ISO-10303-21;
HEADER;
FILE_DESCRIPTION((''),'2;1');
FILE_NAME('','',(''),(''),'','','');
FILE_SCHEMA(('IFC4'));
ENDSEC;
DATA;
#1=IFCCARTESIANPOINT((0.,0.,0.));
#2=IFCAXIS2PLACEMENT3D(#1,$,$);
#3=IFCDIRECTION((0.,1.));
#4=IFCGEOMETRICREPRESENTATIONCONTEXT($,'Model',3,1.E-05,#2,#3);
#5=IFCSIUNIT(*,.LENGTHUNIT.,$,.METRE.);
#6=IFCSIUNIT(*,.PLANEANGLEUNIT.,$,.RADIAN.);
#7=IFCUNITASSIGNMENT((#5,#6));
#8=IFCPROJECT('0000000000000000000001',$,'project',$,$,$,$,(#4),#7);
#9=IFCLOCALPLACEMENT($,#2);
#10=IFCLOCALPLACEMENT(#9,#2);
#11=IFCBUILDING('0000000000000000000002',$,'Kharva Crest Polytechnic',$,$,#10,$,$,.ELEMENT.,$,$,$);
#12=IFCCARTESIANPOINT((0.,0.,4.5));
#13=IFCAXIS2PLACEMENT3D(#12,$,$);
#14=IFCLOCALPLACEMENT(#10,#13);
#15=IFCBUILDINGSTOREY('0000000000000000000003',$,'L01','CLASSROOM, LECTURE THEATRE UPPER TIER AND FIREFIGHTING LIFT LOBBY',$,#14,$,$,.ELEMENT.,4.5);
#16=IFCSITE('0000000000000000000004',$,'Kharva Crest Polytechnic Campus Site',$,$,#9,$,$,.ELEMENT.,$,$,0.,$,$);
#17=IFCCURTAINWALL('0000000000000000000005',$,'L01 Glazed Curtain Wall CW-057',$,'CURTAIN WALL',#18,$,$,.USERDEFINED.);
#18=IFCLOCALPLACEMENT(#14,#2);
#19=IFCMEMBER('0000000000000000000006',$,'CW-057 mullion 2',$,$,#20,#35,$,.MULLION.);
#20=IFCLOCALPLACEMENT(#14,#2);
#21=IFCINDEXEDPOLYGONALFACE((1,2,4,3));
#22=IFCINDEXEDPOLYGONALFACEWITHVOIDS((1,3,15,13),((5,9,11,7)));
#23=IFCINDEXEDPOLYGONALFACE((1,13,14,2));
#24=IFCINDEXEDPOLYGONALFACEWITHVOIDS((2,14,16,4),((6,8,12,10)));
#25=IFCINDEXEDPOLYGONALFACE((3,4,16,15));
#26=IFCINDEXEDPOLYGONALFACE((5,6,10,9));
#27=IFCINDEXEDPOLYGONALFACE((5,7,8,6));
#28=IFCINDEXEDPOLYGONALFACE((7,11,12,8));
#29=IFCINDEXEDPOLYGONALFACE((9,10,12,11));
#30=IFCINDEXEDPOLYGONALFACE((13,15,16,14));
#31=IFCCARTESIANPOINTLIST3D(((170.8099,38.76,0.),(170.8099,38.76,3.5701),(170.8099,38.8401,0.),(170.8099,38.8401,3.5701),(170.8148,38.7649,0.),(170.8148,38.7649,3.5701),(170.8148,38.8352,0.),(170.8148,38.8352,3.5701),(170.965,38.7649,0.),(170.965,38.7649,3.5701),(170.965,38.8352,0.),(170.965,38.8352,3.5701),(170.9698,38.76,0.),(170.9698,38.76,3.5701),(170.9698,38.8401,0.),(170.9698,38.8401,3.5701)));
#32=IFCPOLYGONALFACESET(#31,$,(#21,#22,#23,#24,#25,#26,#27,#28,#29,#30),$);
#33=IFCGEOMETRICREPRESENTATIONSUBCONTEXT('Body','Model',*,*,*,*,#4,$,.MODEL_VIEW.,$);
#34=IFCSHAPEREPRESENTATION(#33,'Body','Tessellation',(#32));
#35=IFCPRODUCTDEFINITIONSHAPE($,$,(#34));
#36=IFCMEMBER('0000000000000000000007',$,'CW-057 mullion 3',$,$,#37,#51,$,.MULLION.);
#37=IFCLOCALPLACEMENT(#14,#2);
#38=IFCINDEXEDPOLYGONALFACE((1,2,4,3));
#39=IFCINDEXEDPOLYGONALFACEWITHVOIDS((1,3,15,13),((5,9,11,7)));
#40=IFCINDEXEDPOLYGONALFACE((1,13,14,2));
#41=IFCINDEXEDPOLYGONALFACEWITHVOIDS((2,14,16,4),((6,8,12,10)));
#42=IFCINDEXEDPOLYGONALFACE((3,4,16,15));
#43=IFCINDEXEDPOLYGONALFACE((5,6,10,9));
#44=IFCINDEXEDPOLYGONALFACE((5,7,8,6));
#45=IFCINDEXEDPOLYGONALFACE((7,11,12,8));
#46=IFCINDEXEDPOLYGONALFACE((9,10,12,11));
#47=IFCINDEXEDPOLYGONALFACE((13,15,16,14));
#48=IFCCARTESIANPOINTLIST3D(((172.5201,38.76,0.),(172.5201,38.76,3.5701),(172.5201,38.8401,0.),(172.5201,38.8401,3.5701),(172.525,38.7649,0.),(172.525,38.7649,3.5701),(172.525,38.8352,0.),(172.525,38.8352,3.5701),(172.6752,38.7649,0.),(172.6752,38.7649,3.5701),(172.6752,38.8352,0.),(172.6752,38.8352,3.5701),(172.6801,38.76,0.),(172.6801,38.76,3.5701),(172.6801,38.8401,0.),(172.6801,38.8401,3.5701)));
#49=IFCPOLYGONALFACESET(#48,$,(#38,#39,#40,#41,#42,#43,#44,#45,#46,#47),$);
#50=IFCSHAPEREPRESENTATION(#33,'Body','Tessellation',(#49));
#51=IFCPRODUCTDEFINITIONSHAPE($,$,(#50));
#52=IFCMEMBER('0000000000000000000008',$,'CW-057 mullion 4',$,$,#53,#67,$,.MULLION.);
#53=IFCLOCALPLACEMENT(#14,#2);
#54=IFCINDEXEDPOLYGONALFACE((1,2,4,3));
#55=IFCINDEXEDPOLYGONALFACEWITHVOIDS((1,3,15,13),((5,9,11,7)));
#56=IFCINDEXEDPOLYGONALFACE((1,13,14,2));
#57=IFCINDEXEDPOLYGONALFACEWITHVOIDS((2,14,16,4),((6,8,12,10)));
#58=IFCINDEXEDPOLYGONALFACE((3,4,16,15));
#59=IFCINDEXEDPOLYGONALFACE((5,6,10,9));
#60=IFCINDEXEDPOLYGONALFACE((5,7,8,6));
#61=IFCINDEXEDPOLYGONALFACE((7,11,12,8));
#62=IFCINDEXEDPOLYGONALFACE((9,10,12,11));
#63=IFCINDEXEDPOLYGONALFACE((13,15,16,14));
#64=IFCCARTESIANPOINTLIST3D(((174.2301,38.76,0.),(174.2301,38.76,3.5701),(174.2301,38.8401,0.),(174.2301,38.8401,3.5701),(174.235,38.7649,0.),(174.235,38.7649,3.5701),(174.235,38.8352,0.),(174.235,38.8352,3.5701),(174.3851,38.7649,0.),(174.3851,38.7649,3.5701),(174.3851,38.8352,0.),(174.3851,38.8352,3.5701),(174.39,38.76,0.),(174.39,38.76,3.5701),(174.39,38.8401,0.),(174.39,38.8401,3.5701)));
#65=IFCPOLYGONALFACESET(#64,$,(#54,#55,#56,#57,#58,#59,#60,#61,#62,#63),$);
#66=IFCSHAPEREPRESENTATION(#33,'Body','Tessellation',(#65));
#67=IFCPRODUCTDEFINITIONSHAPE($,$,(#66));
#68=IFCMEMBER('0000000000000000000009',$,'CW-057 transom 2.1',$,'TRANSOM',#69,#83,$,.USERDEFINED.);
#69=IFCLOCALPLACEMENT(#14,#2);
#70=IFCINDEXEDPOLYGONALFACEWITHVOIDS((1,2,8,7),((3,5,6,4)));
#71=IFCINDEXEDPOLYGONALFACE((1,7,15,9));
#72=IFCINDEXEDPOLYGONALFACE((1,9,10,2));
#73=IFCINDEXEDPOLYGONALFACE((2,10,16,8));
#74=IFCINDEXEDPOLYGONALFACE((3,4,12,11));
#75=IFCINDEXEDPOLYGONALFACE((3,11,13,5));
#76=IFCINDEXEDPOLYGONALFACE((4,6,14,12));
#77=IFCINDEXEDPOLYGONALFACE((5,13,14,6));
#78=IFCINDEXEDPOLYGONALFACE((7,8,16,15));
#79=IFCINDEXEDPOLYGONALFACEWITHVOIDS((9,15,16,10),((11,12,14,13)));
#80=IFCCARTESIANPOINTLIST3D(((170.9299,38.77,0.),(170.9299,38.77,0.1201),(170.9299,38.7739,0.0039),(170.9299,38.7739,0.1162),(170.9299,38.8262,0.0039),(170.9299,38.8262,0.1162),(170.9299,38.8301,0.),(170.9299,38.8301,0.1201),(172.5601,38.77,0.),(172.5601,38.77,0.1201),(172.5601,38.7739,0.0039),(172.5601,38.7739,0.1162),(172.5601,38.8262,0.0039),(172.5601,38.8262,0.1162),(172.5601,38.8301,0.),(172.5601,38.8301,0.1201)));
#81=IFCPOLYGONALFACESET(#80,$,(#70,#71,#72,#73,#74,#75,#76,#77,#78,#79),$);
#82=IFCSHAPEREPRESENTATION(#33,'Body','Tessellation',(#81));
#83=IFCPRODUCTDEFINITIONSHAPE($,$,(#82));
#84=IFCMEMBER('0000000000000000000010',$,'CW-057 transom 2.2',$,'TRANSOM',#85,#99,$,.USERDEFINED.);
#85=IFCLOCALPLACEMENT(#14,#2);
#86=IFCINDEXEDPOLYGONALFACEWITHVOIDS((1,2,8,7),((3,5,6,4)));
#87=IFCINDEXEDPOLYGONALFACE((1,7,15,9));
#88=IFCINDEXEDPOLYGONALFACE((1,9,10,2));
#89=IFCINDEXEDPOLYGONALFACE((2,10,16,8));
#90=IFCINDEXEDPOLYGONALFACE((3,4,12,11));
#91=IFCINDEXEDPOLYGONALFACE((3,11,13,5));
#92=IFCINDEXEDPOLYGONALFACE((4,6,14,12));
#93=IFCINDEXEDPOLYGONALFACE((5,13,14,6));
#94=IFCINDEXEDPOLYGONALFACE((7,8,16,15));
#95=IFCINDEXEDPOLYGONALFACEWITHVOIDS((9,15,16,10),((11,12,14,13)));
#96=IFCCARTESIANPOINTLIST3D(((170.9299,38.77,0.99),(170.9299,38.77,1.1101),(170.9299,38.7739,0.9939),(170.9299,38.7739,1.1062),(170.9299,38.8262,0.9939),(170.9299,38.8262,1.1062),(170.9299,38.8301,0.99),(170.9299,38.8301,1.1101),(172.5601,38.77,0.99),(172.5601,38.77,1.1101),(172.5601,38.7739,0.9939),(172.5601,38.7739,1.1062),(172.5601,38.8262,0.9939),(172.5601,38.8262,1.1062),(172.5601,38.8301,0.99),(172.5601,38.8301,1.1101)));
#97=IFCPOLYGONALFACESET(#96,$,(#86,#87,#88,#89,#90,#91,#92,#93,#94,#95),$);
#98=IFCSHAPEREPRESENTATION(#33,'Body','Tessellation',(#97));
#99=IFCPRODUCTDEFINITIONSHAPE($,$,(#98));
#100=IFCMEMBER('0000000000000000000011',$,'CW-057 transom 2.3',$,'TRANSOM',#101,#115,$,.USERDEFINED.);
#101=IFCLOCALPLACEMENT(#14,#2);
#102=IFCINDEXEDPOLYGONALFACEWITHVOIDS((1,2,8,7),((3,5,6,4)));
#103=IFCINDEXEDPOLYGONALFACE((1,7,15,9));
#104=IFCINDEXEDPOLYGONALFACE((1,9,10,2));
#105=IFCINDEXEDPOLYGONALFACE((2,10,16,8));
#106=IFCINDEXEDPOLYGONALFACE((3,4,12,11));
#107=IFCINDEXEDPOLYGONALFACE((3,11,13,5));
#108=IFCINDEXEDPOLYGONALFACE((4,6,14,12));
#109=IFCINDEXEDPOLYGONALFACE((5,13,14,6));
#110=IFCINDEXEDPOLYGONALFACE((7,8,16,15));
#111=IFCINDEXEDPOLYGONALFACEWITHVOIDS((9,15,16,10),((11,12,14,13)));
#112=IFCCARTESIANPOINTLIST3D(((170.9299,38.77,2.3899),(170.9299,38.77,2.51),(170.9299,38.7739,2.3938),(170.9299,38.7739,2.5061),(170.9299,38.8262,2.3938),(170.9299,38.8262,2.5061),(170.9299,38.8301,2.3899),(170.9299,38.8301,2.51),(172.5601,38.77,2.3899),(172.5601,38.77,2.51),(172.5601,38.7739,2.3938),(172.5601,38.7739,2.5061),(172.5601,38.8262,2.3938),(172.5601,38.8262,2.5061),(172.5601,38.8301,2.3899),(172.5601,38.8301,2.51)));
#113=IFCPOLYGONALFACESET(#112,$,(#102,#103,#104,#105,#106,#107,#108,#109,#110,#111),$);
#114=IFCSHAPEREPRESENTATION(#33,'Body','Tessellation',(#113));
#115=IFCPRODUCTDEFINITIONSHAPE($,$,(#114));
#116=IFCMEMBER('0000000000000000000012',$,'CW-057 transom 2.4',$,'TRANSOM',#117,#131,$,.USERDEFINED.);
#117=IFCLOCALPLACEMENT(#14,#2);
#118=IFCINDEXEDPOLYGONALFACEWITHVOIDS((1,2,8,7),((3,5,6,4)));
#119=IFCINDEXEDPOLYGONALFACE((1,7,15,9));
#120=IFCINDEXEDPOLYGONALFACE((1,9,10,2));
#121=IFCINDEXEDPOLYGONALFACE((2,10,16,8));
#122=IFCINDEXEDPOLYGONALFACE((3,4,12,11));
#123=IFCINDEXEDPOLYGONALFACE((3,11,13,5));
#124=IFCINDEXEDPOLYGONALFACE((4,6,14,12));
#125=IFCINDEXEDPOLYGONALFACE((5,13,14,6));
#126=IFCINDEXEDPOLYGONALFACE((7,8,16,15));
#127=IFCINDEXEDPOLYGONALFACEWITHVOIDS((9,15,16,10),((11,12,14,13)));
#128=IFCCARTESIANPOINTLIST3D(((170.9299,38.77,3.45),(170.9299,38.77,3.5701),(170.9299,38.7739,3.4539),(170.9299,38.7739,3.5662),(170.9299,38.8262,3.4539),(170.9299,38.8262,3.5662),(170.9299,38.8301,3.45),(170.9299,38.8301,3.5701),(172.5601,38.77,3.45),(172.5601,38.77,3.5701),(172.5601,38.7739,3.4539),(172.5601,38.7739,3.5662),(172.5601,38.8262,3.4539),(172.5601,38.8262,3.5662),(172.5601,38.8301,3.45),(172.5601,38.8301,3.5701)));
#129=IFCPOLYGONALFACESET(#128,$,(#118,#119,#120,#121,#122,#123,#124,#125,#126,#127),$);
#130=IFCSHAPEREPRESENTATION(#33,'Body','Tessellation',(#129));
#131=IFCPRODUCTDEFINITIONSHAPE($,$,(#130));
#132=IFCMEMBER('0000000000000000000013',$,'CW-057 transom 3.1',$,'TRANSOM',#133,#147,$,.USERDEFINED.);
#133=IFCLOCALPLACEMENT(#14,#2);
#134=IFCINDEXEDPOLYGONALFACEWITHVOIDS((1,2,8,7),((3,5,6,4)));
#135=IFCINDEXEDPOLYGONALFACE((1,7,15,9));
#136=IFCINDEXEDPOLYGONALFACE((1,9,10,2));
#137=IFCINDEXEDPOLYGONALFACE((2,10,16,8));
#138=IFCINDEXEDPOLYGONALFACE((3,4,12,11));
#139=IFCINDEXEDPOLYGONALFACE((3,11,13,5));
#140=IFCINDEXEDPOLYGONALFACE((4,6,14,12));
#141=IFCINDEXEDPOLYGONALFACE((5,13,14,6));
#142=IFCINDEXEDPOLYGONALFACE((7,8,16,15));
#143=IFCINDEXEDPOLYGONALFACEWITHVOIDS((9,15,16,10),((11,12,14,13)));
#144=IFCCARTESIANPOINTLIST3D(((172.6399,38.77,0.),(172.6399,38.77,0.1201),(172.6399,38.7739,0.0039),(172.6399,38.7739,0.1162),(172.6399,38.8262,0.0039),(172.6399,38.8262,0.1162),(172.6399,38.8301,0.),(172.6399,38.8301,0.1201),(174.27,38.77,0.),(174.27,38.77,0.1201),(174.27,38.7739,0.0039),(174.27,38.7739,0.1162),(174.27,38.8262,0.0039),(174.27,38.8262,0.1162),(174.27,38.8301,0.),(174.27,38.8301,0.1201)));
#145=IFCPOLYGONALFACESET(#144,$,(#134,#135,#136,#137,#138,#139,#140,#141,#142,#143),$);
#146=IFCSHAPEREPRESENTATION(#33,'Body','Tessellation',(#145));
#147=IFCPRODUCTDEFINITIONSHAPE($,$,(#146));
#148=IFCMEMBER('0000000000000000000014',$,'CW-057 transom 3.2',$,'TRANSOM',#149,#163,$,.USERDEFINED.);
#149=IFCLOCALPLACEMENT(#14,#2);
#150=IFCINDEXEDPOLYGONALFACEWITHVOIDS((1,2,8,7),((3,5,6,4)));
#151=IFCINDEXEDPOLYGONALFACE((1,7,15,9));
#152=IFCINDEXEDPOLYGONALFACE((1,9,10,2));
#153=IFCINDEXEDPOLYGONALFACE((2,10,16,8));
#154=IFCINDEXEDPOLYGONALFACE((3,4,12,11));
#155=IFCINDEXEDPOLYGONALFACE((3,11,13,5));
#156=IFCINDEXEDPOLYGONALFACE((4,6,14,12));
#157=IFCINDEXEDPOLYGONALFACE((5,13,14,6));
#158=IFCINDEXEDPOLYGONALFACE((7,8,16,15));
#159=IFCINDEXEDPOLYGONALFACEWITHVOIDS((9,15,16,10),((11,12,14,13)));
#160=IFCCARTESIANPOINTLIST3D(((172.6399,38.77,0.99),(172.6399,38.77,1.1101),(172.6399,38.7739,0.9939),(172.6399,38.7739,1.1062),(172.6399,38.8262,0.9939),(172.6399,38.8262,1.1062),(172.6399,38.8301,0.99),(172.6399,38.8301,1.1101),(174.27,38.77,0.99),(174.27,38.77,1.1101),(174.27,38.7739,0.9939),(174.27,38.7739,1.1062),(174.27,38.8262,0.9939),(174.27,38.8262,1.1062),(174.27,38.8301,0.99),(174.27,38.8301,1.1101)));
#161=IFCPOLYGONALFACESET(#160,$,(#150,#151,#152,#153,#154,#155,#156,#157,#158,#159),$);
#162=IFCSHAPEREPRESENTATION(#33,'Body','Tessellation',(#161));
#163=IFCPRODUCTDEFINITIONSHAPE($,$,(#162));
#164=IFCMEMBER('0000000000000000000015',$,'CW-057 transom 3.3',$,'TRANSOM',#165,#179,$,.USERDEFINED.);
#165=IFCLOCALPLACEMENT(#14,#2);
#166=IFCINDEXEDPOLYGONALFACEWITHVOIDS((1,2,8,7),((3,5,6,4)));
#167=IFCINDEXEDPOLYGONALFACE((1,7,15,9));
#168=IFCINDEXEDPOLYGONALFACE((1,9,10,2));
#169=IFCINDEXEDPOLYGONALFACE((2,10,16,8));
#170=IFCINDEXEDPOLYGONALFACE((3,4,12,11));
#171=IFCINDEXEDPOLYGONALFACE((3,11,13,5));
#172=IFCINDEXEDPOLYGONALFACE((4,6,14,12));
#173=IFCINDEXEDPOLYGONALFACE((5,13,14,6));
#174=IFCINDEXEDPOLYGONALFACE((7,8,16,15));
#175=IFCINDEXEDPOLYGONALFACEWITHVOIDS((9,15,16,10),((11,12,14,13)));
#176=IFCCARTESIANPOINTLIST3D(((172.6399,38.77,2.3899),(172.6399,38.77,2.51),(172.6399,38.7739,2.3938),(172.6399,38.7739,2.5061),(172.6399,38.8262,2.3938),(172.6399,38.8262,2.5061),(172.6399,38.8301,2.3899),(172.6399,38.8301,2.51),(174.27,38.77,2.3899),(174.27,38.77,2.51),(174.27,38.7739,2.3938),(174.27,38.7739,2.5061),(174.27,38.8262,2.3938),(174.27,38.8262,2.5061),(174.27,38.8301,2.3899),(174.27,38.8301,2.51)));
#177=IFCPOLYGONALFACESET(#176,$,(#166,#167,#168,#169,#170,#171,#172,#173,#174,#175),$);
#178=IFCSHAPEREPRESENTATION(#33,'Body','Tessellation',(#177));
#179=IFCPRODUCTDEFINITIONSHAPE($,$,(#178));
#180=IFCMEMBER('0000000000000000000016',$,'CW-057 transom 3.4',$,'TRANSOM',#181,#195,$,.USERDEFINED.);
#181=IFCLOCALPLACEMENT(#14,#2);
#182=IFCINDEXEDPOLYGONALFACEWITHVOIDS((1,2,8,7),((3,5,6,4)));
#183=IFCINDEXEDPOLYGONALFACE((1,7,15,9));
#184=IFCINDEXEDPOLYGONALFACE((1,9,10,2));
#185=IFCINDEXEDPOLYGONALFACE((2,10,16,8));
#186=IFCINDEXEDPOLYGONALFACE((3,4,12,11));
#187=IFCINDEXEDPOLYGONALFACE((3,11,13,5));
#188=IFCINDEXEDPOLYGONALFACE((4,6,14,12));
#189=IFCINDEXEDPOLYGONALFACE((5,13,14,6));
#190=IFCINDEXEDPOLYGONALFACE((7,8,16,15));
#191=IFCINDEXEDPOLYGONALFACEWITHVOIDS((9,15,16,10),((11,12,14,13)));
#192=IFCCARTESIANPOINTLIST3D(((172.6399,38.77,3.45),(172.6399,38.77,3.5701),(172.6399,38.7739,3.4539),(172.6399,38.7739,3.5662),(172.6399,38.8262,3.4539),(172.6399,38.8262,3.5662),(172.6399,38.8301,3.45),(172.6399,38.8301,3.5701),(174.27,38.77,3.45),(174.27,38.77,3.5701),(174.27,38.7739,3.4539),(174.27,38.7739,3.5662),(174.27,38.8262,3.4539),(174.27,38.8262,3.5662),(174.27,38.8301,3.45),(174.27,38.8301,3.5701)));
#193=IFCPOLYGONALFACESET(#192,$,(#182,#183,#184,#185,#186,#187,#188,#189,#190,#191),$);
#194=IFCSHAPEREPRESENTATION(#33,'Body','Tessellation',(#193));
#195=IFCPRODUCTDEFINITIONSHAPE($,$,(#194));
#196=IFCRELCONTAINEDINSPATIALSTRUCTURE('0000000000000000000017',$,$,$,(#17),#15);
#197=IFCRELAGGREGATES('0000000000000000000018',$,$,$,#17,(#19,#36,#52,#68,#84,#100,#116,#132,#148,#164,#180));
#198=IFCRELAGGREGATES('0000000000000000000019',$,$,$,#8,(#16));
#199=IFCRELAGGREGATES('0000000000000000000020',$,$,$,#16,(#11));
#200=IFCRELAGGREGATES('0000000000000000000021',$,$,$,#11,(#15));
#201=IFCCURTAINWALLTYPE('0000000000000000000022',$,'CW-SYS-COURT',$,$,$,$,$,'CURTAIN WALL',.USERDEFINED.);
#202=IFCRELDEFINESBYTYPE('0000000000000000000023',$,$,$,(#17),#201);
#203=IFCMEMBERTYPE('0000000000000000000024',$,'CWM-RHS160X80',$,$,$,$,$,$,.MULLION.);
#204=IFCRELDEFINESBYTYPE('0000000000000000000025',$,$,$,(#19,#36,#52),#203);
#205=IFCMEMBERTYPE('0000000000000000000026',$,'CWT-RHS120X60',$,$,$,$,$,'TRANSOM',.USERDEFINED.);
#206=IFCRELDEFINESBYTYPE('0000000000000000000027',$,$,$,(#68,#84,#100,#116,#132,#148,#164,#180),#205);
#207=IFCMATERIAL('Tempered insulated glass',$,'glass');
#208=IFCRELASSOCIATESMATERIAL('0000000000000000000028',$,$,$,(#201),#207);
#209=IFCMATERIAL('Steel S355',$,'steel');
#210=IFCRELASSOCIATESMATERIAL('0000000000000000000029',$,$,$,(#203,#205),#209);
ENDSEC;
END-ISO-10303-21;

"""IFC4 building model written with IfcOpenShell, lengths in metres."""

from ifc_helpers import new_model, si_unit, direction, frame, origin, origin_2d, place, context, subcontext, project, spatial, hollow_rectangle, extrude, material, material_profile, profile_set, type_object, element, aggregate, save


model = new_model("IFC4")

# Units and contexts
model_context = context("Model", 3, precision=1e-05, world=origin(), true_north=direction((0.0, 1.0)))
body_context = subcontext(model_context, "Body", "Model", "MODEL_VIEW")
ifc_project = project(units=[si_unit("LENGTHUNIT", "METRE"), si_unit("PLANEANGLEUNIT", "RADIAN")], contexts=[model_context])

# Site, building, storey
site_placement = place(None, origin())
site = spatial("IfcSite", under=ifc_project, at=site_placement, Name="Kharva Crest Polytechnic Campus Site", CompositionType="ELEMENT", RefElevation=0.0)
building_placement = place(site_placement, origin())
building = spatial("IfcBuilding", under=site, at=building_placement, Name="Kharva Crest Polytechnic", CompositionType="ELEMENT")
storey_placement = place(building_placement, frame((0.0, 0.0, 4.5)))
storey = spatial("IfcBuildingStorey", under=building, at=storey_placement, Name="L01", Description="CLASSROOM, LECTURE THEATRE UPPER TIER AND FIREFIGHTING LIFT LOBBY", CompositionType="ELEMENT", Elevation=4.5)

# Curtain wall, members
ifc_material_1 = material(Name="Tempered insulated glass", Category="glass")
curtain_wall_type = type_object("IfcCurtainWallType", Name="CW-SYS-COURT", ElementType="CURTAIN WALL", PredefinedType="USERDEFINED", material=ifc_material_1)
curtain_wall_placement = place(storey_placement, origin())
curtain_wall = element("IfcCurtainWall", 1, at=curtain_wall_placement, inside=storey, type_object=curtain_wall_type, Name="L01 Glazed Curtain Wall CW-057", ObjectType="CURTAIN WALL", PredefinedType="USERDEFINED")
ifc_material_2 = material(Name="Steel S355", Category="steel")
ifc_material_profile_1 = material_profile(ifc_material_2, hollow_rectangle(XDim=0.0801, YDim=0.1599, WallThickness=0.0049, at=origin_2d()), Name="RHS 160X80X5.0")
ifc_profile_set_1 = profile_set([ifc_material_profile_1], Name="Steel S355")
member_type_1 = type_object("IfcMemberType", Name="CWM-RHS160X80", PredefinedType="MULLION", material=ifc_profile_set_1)
member_1_placement = place(storey_placement, frame((170.8899, 38.8, 0.0), z_axis=(0.0, 0.0, 1.0), x_axis=(0.0, 1.0, 0.0)))
member_1 = element("IfcMember", 2, at=member_1_placement, type_object=member_type_1, Name="CW-057 mullion 2", PredefinedType="MULLION", context=body_context, shape_type="SweptSolid", body=[
    extrude(hollow_rectangle(XDim=0.0801, YDim=0.1599, WallThickness=0.0049, at=origin_2d()), origin(), (0.0, 0.0, 1.0), 3.5701),
])
member_2_placement = place(storey_placement, frame((172.6001, 38.8, 0.0), z_axis=(0.0, 0.0, 1.0), x_axis=(0.0, 1.0, 0.0)))
member_2 = element("IfcMember", 3, at=member_2_placement, type_object=member_type_1, Name="CW-057 mullion 3", PredefinedType="MULLION", context=body_context, shape_type="SweptSolid", body=[
    extrude(hollow_rectangle(XDim=0.0801, YDim=0.1599, WallThickness=0.0049, at=origin_2d()), origin(), (0.0, 0.0, 1.0), 3.5701),
])
member_3_placement = place(storey_placement, frame((174.3101, 38.8, 0.0), z_axis=(0.0, 0.0, 1.0), x_axis=(0.0, 1.0, 0.0)))
member_3 = element("IfcMember", 4, at=member_3_placement, type_object=member_type_1, Name="CW-057 mullion 4", PredefinedType="MULLION", context=body_context, shape_type="SweptSolid", body=[
    extrude(hollow_rectangle(XDim=0.0801, YDim=0.1599, WallThickness=0.0049, at=origin_2d()), origin(), (0.0, 0.0, 1.0), 3.5701),
])
ifc_material_profile_2 = material_profile(ifc_material_2, hollow_rectangle(XDim=0.0601, YDim=0.1201, WallThickness=0.0039, at=origin_2d()), Name="RHS 120X60X4.0")
ifc_profile_set_2 = profile_set([ifc_material_profile_2], Name="Steel S355")
member_type_2 = type_object("IfcMemberType", Name="CWT-RHS120X60", ElementType="TRANSOM", PredefinedType="USERDEFINED", material=ifc_profile_set_2)
member_4_placement = place(storey_placement, frame((170.9299, 38.8, 0.0601), z_axis=(1.0, 0.0, 0.0), x_axis=(0.0, 1.0, 0.0)))
member_4 = element("IfcMember", 5, at=member_4_placement, type_object=member_type_2, Name="CW-057 transom 2.1", ObjectType="TRANSOM", PredefinedType="USERDEFINED", context=body_context, shape_type="SweptSolid", body=[
    extrude(hollow_rectangle(XDim=0.0601, YDim=0.1201, WallThickness=0.0039, at=origin_2d()), origin(), (0.0, 0.0, 1.0), 1.6301),
])
member_5_placement = place(storey_placement, frame((170.9299, 38.8, 1.05), z_axis=(1.0, 0.0, 0.0), x_axis=(0.0, 1.0, 0.0)))
member_5 = element("IfcMember", 6, at=member_5_placement, type_object=member_type_2, Name="CW-057 transom 2.2", ObjectType="TRANSOM", PredefinedType="USERDEFINED", context=body_context, shape_type="SweptSolid", body=[
    extrude(hollow_rectangle(XDim=0.0601, YDim=0.1201, WallThickness=0.0039, at=origin_2d()), origin(), (0.0, 0.0, 1.0), 1.6301),
])
member_6_placement = place(storey_placement, frame((170.9299, 38.8, 2.45), z_axis=(1.0, 0.0, 0.0), x_axis=(0.0, 1.0, 0.0)))
member_6 = element("IfcMember", 7, at=member_6_placement, type_object=member_type_2, Name="CW-057 transom 2.3", ObjectType="TRANSOM", PredefinedType="USERDEFINED", context=body_context, shape_type="SweptSolid", body=[
    extrude(hollow_rectangle(XDim=0.0601, YDim=0.1201, WallThickness=0.0039, at=origin_2d()), origin(), (0.0, 0.0, 1.0), 1.6301),
])
member_7_placement = place(storey_placement, frame((170.9299, 38.8, 3.51), z_axis=(1.0, 0.0, 0.0), x_axis=(0.0, 1.0, 0.0)))
member_7 = element("IfcMember", 8, at=member_7_placement, type_object=member_type_2, Name="CW-057 transom 2.4", ObjectType="TRANSOM", PredefinedType="USERDEFINED", context=body_context, shape_type="SweptSolid", body=[
    extrude(hollow_rectangle(XDim=0.0601, YDim=0.1201, WallThickness=0.0039, at=origin_2d()), origin(), (0.0, 0.0, 1.0), 1.6301),
])
member_8_placement = place(storey_placement, frame((172.6399, 38.8, 0.0601), z_axis=(1.0, 0.0, 0.0), x_axis=(0.0, 1.0, 0.0)))
member_8 = element("IfcMember", 9, at=member_8_placement, type_object=member_type_2, Name="CW-057 transom 3.1", ObjectType="TRANSOM", PredefinedType="USERDEFINED", context=body_context, shape_type="SweptSolid", body=[
    extrude(hollow_rectangle(XDim=0.0601, YDim=0.1201, WallThickness=0.0039, at=origin_2d()), origin(), (0.0, 0.0, 1.0), 1.6301),
])
member_9_placement = place(storey_placement, frame((172.6399, 38.8, 1.05), z_axis=(1.0, 0.0, 0.0), x_axis=(0.0, 1.0, 0.0)))
member_9 = element("IfcMember", 10, at=member_9_placement, type_object=member_type_2, Name="CW-057 transom 3.2", ObjectType="TRANSOM", PredefinedType="USERDEFINED", context=body_context, shape_type="SweptSolid", body=[
    extrude(hollow_rectangle(XDim=0.0601, YDim=0.1201, WallThickness=0.0039, at=origin_2d()), origin(), (0.0, 0.0, 1.0), 1.6301),
])
member_10_placement = place(storey_placement, frame((172.6399, 38.8, 2.45), z_axis=(1.0, 0.0, 0.0), x_axis=(0.0, 1.0, 0.0)))
member_10 = element("IfcMember", 11, at=member_10_placement, type_object=member_type_2, Name="CW-057 transom 3.3", ObjectType="TRANSOM", PredefinedType="USERDEFINED", context=body_context, shape_type="SweptSolid", body=[
    extrude(hollow_rectangle(XDim=0.0601, YDim=0.1201, WallThickness=0.0039, at=origin_2d()), origin(), (0.0, 0.0, 1.0), 1.6301),
])
member_11_placement = place(storey_placement, frame((172.6399, 38.8, 3.51), z_axis=(1.0, 0.0, 0.0), x_axis=(0.0, 1.0, 0.0)))
member_11 = element("IfcMember", 12, at=member_11_placement, type_object=member_type_2, Name="CW-057 transom 3.4", ObjectType="TRANSOM", PredefinedType="USERDEFINED", context=body_context, shape_type="SweptSolid", body=[
    extrude(hollow_rectangle(XDim=0.0601, YDim=0.1201, WallThickness=0.0039, at=origin_2d()), origin(), (0.0, 0.0, 1.0), 1.6301),
])
aggregate(curtain_wall, [member_1, member_2, member_3, member_4, member_5, member_6, member_7, member_8, member_9, member_10, member_11])

save(model, "model.ifc")
